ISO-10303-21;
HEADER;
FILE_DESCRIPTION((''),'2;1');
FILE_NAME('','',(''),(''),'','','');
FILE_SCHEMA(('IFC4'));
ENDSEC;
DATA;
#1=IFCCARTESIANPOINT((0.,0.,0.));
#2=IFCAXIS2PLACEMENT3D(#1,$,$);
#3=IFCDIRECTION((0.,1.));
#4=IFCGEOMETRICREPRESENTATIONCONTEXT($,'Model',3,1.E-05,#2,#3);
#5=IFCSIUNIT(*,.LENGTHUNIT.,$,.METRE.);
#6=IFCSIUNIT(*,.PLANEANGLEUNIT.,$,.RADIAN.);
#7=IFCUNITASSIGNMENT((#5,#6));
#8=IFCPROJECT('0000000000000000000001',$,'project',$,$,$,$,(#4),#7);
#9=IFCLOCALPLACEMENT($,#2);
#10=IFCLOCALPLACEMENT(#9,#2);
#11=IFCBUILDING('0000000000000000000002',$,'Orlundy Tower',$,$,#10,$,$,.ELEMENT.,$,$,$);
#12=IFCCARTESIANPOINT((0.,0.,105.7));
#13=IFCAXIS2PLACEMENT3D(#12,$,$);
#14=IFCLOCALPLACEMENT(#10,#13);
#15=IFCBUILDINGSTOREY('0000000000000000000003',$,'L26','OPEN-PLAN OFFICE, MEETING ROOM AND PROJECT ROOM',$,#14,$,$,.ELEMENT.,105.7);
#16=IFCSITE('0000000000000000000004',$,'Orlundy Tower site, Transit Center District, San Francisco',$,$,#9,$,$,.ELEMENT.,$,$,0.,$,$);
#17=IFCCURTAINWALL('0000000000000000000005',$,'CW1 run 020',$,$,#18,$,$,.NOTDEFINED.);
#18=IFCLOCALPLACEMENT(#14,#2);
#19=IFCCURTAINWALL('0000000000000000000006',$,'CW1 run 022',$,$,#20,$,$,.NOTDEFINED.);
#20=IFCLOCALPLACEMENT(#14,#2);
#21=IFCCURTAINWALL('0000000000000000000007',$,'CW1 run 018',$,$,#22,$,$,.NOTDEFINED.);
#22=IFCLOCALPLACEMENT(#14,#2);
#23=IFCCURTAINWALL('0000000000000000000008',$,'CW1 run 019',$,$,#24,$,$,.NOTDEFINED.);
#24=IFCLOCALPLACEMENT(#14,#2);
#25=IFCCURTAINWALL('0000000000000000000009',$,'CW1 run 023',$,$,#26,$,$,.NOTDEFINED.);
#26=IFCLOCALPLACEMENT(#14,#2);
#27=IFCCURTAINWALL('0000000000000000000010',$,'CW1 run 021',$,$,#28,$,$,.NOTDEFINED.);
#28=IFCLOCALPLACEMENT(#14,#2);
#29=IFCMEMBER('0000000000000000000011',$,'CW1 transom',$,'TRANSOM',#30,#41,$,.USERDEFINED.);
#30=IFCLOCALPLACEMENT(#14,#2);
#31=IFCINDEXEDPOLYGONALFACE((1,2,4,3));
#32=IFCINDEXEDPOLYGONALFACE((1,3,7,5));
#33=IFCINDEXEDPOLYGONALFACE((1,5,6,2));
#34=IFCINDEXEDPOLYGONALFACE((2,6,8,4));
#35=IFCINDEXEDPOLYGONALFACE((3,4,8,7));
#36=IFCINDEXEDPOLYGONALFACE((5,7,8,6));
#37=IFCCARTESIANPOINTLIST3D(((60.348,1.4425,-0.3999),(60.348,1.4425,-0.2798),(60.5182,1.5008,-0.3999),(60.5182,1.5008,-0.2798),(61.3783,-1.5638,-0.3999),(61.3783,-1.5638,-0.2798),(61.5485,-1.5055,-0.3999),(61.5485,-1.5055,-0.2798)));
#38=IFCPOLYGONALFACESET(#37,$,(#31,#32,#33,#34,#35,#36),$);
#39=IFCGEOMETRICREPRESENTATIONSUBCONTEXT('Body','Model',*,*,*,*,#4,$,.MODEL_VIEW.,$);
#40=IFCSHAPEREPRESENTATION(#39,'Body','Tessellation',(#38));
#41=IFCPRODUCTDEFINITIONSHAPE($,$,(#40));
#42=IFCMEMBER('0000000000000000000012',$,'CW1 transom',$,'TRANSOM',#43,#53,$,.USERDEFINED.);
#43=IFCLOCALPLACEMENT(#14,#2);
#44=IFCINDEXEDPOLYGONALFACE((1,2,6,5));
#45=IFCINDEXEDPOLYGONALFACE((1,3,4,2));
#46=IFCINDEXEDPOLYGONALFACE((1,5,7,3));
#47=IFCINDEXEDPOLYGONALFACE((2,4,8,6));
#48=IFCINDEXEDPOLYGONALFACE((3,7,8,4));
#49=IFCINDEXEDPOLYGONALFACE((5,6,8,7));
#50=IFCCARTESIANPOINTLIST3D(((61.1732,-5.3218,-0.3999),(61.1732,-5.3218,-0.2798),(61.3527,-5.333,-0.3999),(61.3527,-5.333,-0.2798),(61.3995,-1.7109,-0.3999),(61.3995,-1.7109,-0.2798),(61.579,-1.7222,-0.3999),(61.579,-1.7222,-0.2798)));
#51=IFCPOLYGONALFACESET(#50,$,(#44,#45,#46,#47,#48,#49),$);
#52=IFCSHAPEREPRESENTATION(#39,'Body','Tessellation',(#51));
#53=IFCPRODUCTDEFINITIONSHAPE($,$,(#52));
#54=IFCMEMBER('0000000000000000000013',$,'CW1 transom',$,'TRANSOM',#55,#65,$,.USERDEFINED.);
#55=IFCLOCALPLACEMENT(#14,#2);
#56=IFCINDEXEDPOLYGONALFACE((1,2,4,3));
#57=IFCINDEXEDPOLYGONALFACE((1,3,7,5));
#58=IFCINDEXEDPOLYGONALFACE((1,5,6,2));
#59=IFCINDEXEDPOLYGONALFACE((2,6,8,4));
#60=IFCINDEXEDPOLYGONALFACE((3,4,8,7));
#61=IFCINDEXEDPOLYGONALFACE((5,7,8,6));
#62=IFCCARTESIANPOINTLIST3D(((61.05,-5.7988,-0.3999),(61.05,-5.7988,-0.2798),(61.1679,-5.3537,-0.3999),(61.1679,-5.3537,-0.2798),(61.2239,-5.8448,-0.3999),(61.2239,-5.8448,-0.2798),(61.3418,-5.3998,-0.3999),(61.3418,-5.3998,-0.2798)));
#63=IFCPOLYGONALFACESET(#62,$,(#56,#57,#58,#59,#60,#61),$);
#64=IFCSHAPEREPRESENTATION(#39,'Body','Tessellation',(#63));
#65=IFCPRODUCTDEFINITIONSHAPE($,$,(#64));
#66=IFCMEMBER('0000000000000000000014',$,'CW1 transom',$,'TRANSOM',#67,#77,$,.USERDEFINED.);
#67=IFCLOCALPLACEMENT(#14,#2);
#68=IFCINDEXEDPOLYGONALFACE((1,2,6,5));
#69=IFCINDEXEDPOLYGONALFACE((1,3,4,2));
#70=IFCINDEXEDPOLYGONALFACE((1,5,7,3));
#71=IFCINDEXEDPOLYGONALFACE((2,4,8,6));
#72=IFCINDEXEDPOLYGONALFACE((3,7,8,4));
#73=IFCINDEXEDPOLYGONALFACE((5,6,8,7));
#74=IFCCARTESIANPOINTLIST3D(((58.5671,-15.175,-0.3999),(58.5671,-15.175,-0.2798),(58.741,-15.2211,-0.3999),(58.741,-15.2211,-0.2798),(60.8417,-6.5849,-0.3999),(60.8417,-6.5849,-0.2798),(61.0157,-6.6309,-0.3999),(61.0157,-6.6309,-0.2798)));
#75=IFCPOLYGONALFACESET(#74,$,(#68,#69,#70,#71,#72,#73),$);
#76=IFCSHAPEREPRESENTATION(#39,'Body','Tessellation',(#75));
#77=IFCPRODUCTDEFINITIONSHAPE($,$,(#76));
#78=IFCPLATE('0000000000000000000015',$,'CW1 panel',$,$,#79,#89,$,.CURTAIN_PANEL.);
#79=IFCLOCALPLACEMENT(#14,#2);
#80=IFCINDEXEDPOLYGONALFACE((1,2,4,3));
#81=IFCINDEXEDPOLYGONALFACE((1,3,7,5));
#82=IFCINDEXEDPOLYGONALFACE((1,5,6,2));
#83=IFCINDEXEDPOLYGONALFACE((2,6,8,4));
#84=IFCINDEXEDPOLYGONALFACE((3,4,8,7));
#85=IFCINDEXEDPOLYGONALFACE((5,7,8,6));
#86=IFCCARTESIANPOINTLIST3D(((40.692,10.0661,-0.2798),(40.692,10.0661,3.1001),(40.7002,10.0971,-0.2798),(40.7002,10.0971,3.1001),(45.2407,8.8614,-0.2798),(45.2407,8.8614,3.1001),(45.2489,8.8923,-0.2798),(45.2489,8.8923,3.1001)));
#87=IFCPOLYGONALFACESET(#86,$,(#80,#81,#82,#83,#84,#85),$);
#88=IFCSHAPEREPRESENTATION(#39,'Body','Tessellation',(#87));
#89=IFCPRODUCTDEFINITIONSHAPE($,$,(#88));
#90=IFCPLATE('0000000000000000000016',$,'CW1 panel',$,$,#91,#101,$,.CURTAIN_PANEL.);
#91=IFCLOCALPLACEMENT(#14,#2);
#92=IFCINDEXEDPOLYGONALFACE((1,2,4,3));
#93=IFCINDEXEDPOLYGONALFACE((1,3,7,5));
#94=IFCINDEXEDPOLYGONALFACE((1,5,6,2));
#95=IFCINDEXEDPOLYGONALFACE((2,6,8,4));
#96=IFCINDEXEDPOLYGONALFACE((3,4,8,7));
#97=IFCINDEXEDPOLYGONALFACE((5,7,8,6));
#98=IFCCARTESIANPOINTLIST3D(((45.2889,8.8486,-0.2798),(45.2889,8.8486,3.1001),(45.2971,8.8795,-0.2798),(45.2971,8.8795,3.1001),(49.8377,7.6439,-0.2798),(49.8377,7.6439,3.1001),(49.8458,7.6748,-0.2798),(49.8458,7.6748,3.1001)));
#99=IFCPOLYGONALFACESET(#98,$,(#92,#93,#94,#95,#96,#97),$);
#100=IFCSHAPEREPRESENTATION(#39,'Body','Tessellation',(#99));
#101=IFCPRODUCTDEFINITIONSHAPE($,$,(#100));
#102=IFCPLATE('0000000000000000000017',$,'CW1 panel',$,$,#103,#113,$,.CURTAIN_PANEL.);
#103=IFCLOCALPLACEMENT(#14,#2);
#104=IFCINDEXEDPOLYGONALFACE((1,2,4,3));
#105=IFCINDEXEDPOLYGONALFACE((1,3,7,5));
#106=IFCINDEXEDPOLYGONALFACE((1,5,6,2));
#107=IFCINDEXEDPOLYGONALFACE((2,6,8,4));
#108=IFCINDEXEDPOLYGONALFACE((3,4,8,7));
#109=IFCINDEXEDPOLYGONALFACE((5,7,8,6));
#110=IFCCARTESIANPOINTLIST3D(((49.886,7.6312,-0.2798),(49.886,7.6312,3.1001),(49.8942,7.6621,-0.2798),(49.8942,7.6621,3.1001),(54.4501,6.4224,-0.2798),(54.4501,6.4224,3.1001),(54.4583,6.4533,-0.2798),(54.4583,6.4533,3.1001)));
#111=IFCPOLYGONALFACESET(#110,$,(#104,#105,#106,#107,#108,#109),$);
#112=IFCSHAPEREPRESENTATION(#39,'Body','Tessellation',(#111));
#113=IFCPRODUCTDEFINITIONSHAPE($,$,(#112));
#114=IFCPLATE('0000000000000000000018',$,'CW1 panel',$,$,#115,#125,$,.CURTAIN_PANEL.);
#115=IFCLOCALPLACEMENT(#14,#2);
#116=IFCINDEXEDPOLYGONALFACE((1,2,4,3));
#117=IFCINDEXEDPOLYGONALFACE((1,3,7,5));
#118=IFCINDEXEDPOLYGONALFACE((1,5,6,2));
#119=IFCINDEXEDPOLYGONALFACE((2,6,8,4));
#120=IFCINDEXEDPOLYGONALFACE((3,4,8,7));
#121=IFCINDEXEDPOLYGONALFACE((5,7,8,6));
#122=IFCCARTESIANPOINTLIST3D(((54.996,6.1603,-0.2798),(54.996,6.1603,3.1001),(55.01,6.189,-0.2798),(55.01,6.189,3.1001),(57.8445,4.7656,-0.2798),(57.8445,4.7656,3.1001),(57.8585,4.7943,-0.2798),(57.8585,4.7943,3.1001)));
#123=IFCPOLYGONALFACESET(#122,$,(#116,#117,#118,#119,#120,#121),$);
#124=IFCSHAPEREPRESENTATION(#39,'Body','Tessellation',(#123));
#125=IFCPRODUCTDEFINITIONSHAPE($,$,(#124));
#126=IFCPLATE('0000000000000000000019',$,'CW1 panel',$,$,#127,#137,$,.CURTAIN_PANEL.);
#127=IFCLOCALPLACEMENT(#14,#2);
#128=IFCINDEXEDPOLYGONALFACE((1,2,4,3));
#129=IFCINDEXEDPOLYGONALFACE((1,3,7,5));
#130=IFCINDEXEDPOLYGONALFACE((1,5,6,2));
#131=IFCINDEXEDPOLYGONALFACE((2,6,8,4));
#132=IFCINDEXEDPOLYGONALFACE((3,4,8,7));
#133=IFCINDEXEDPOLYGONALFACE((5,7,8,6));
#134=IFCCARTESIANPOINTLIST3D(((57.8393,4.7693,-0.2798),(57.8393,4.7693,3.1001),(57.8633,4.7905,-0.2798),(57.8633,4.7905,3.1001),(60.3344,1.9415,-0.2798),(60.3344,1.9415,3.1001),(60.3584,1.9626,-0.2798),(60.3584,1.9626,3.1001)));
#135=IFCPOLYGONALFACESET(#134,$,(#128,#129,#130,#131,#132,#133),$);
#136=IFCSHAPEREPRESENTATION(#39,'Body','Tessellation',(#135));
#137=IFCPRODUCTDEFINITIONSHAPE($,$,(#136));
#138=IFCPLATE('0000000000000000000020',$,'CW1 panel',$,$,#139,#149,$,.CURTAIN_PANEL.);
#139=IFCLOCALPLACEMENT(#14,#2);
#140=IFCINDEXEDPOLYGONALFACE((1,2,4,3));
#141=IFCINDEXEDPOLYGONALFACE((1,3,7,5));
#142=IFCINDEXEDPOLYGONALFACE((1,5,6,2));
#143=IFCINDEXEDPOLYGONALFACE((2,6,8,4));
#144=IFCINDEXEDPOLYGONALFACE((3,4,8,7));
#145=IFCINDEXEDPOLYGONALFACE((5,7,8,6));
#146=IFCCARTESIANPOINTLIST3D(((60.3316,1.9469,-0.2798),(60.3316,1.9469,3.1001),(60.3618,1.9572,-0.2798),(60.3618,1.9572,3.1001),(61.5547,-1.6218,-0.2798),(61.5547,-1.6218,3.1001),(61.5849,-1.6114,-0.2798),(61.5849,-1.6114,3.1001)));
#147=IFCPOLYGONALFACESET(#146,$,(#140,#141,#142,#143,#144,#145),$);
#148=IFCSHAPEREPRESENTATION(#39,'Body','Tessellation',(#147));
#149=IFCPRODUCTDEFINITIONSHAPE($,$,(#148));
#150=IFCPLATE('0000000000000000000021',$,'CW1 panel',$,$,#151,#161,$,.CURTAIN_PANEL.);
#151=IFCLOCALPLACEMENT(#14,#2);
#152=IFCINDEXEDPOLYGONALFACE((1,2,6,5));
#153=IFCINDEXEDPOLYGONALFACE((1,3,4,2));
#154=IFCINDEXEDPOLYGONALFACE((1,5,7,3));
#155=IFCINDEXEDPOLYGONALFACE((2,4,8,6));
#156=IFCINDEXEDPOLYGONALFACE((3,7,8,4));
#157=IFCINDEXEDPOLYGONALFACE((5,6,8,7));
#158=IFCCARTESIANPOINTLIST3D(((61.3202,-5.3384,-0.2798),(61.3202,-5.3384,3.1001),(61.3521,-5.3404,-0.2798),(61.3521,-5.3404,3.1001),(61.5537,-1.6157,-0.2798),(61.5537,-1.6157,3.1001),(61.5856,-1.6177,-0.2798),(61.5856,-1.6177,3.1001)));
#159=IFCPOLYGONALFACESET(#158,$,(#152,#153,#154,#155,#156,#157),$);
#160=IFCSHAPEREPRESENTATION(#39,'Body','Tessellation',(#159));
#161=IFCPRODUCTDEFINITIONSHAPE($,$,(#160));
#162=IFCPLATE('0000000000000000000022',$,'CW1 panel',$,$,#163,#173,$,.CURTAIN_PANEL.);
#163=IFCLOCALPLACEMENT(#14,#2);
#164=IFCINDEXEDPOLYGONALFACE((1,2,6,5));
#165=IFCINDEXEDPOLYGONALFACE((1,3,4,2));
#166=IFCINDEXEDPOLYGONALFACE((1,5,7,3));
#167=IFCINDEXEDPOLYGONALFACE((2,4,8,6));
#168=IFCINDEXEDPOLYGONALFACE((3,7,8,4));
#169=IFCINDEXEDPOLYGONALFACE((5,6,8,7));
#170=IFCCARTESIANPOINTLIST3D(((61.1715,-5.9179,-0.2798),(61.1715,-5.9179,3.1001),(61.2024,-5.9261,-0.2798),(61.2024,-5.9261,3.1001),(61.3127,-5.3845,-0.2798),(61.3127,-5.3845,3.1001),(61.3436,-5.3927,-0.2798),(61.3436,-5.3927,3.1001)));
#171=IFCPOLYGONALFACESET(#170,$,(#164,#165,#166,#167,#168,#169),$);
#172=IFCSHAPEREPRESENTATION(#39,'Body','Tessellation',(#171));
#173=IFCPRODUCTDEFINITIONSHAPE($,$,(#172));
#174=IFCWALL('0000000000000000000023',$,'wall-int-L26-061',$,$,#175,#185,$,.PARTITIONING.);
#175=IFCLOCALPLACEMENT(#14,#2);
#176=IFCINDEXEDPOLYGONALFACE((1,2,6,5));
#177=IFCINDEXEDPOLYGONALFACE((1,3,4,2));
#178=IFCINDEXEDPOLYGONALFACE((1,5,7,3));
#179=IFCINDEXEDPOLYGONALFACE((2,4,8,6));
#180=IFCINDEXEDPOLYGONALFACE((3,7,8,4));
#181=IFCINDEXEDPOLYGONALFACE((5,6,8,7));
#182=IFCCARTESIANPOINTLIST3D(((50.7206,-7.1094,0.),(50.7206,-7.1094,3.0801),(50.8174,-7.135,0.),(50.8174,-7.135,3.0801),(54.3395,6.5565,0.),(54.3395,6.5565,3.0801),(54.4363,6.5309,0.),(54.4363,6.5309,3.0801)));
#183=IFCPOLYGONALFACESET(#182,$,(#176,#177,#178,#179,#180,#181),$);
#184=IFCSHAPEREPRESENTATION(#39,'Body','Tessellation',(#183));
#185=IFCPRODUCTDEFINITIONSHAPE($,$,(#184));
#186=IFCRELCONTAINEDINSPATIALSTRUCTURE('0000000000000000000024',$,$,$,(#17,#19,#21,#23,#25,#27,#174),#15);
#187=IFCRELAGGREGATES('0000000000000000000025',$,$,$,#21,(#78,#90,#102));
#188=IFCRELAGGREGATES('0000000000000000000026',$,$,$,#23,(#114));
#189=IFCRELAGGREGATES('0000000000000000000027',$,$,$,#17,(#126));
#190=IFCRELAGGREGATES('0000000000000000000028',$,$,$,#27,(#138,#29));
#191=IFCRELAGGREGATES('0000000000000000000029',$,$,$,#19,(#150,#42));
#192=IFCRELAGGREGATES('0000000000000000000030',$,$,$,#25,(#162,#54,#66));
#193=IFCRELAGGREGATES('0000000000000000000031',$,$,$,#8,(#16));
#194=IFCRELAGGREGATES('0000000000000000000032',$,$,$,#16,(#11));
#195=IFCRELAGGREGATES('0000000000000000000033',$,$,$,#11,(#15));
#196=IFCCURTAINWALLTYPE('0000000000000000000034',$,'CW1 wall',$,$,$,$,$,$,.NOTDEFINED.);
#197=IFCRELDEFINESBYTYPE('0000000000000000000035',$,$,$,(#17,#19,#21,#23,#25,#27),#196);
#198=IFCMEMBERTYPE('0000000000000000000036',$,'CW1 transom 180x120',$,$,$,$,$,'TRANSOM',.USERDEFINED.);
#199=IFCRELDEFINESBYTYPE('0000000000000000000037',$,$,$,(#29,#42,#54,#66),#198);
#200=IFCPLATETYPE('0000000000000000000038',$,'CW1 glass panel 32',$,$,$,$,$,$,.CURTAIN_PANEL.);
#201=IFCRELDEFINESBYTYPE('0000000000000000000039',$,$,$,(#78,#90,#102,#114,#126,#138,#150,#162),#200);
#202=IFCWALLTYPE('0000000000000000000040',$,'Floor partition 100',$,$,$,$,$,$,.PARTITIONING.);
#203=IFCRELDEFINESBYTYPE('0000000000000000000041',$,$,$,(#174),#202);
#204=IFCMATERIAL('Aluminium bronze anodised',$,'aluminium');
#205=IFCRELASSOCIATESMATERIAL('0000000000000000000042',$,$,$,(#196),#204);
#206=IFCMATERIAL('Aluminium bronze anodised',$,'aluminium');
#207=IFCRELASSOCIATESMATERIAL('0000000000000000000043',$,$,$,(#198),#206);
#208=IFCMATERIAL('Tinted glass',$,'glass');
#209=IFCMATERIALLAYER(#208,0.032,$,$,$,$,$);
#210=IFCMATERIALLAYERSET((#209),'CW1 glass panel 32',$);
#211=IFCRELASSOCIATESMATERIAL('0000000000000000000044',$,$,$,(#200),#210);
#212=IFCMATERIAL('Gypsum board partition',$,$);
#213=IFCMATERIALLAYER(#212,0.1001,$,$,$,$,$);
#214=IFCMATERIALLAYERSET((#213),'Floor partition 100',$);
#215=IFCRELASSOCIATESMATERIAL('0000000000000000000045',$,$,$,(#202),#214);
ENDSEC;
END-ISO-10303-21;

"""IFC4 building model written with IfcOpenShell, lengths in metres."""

from ifc_helpers import new_model, si_unit, direction, frame, frame_2d, origin, origin_2d, place, context, subcontext, project, spatial, rectangle, extrude, material, layer, layer_set, material_profile, profile_set, type_object, element, aggregate, save


model = new_model("IFC4")

# Units and contexts
model_context = context("Model", 3, precision=1e-05, world=origin(), true_north=direction((0.0, 1.0)))
body_context = subcontext(model_context, "Body", "Model", "MODEL_VIEW")
ifc_project = project(units=[si_unit("LENGTHUNIT", "METRE"), si_unit("PLANEANGLEUNIT", "RADIAN")], contexts=[model_context])

# Site, building, storey
site_placement = place(None, origin())
site = spatial("IfcSite", under=ifc_project, at=site_placement, Name="Orlundy Tower site, Transit Center District, San Francisco", CompositionType="ELEMENT", RefElevation=0.0)
building_placement = place(site_placement, origin())
building = spatial("IfcBuilding", under=site, at=building_placement, Name="Orlundy Tower", CompositionType="ELEMENT")
storey_placement = place(building_placement, frame((0.0, 0.0, 105.7)))
storey = spatial("IfcBuildingStorey", under=building, at=storey_placement, Name="L26", Description="OPEN-PLAN OFFICE, MEETING ROOM AND PROJECT ROOM", CompositionType="ELEMENT", Elevation=105.7)

# Curtain walls
ifc_material_1 = material(Name="Aluminium bronze anodised", Category="aluminium")
curtain_wall_type = type_object("IfcCurtainWallType", Name="CW1 wall", PredefinedType="NOTDEFINED", material=ifc_material_1)
curtain_wall_1_placement = place(storey_placement, origin())
curtain_wall_1 = element("IfcCurtainWall", 1, at=curtain_wall_1_placement, inside=storey, type_object=curtain_wall_type, Name="CW1 run 020", PredefinedType="NOTDEFINED")
curtain_wall_2_placement = place(storey_placement, origin())
curtain_wall_2 = element("IfcCurtainWall", 2, at=curtain_wall_2_placement, inside=storey, type_object=curtain_wall_type, Name="CW1 run 022", PredefinedType="NOTDEFINED")

# Curtain wall
curtain_wall_3_placement = place(storey_placement, origin())
curtain_wall_3 = element("IfcCurtainWall", 3, at=curtain_wall_3_placement, inside=storey, type_object=curtain_wall_type, Name="CW1 run 018", PredefinedType="NOTDEFINED")

# Curtain walls
curtain_wall_4_placement = place(storey_placement, origin())
curtain_wall_4 = element("IfcCurtainWall", 4, at=curtain_wall_4_placement, inside=storey, type_object=curtain_wall_type, Name="CW1 run 019", PredefinedType="NOTDEFINED")
curtain_wall_5_placement = place(storey_placement, origin())
curtain_wall_5 = element("IfcCurtainWall", 5, at=curtain_wall_5_placement, inside=storey, type_object=curtain_wall_type, Name="CW1 run 023", PredefinedType="NOTDEFINED")

# Shared definitions
ifc_material_2 = material(Name="Aluminium bronze anodised", Category="aluminium")
ifc_material_profile_1 = material_profile(ifc_material_2, rectangle(XDim=0.1799, YDim=0.1201, at=origin_2d()), Name="CW1 transom 180x120")
ifc_profile_set_1 = profile_set([ifc_material_profile_1], Name="Aluminium bronze anodised")
member_type_1 = type_object("IfcMemberType", Name="CW1 transom 180x120", ElementType="TRANSOM", PredefinedType="USERDEFINED", material=ifc_profile_set_1)

# Curtain wall, member
curtain_wall_6_placement = place(storey_placement, origin())
curtain_wall_6 = element("IfcCurtainWall", 6, at=curtain_wall_6_placement, inside=storey, type_object=curtain_wall_type, Name="CW1 run 021", PredefinedType="NOTDEFINED")
member_1_placement = place(storey_placement, frame((60.4331, 1.4717, -0.3398), z_axis=(0.324191, -0.945992, 0.0), x_axis=(0.945992, 0.324191, 0.0)))
member_1 = element("IfcMember", 7, at=member_1_placement, type_object=member_type_1, Name="CW1 transom", ObjectType="TRANSOM", PredefinedType="USERDEFINED", context=body_context, shape_type="SweptSolid", body=[
    extrude(rectangle(XDim=0.1799, YDim=0.1201, at=origin_2d()), origin(), (0.0, 0.0, 1.0), 3.178),
])

# Members
member_2_placement = place(storey_placement, frame((61.4893, -1.7166, -0.3398), z_axis=(-0.062555, -0.998042, 0.0), x_axis=(0.998042, -0.062555, 0.0)))
member_2 = element("IfcMember", 8, at=member_2_placement, type_object=member_type_1, Name="CW1 transom", ObjectType="TRANSOM", PredefinedType="USERDEFINED", context=body_context, shape_type="SweptSolid", body=[
    extrude(rectangle(XDim=0.1799, YDim=0.1201, at=origin_2d()), origin(), (0.0, 0.0, 1.0), 3.6179),
])
member_3_placement = place(storey_placement, frame((61.2549, -5.3767, -0.3398), z_axis=(-0.256111, -0.966647, 0.0), x_axis=(0.966647, -0.256111, 0.0)))
member_3 = element("IfcMember", 9, at=member_3_placement, type_object=member_type_1, Name="CW1 transom", ObjectType="TRANSOM", PredefinedType="USERDEFINED", context=body_context, shape_type="SweptSolid", body=[
    extrude(rectangle(XDim=0.1799, YDim=0.1201, at=origin_2d()), origin(), (0.0, 0.0, 1.0), 0.4604),
])
member_4_placement = place(storey_placement, frame((60.9287, -6.6079, -0.3398), z_axis=(-0.255978, -0.966683, 0.0), x_axis=(0.966683, -0.255978, 0.0)))
member_4 = element("IfcMember", 10, at=member_4_placement, type_object=member_type_1, Name="CW1 transom", ObjectType="TRANSOM", PredefinedType="USERDEFINED", context=body_context, shape_type="SweptSolid", body=[
    extrude(rectangle(XDim=0.1799, YDim=0.1201, at=origin_2d()), origin(), (0.0, 0.0, 1.0), 8.8862),
])

# Plates
ifc_material_3 = material(Name="Tinted glass", Category="glass")
ifc_layer_1 = layer(ifc_material_3, 0.032)
ifc_layer_set_1 = layer_set([ifc_layer_1], Name="CW1 glass panel 32")
plate_type = type_object("IfcPlateType", Name="CW1 glass panel 32", PredefinedType="CURTAIN_PANEL", material=ifc_layer_set_1)
plate_1_placement = place(storey_placement, frame((42.9705, 9.4792, -0.2798), z_axis=(0.0, 0.0, 1.0), x_axis=(0.966672, -0.25602, 0.0)))
plate_1 = element("IfcPlate", 11, at=plate_1_placement, type_object=plate_type, Name="CW1 panel", PredefinedType="CURTAIN_PANEL", context=body_context, shape_type="SweptSolid", body=[
    extrude(rectangle(XDim=4.7056, YDim=0.032, at=origin_2d()), origin(), (0.0, 0.0, 1.0), 3.3799),
])
plate_2_placement = place(storey_placement, frame((47.5674, 8.2617, -0.2798), z_axis=(0.0, 0.0, 1.0), x_axis=(0.966672, -0.25602, 0.0)))
plate_2 = element("IfcPlate", 12, at=plate_2_placement, type_object=plate_type, Name="CW1 panel", PredefinedType="CURTAIN_PANEL", context=body_context, shape_type="SweptSolid", body=[
    extrude(rectangle(XDim=4.7056, YDim=0.032, at=origin_2d()), origin(), (0.0, 0.0, 1.0), 3.3799),
])
plate_3_placement = place(storey_placement, frame((52.1721, 7.0422, -0.2798), z_axis=(0.0, 0.0, 1.0), x_axis=(0.966672, -0.25602, 0.0)))
plate_3 = element("IfcPlate", 13, at=plate_3_placement, type_object=plate_type, Name="CW1 panel", PredefinedType="CURTAIN_PANEL", context=body_context, shape_type="SweptSolid", body=[
    extrude(rectangle(XDim=4.7214, YDim=0.032, at=origin_2d()), origin(), (0.0, 0.0, 1.0), 3.3799),
])
aggregate(curtain_wall_3, [plate_1, plate_2, plate_3])
plate_4_placement = place(storey_placement, frame((56.4272, 5.4773, -0.2798), z_axis=(0.0, 0.0, 1.0), x_axis=(0.898119, -0.439752, 0.0)))
plate_4 = element("IfcPlate", 14, at=plate_4_placement, type_object=plate_type, Name="CW1 panel", PredefinedType="CURTAIN_PANEL", context=body_context, shape_type="SweptSolid", body=[
    extrude(rectangle(XDim=3.1716, YDim=0.032, at=origin_2d()), origin(), (0.0, 0.0, 1.0), 3.3799),
])
aggregate(curtain_wall_4, [plate_4])
plate_5_placement = place(storey_placement, frame((59.0989, 3.366, -0.2798), z_axis=(0.0, 0.0, 1.0), x_axis=(0.661613, -0.749846, 0.0)))
plate_5 = element("IfcPlate", 15, at=plate_5_placement, type_object=plate_type, Name="CW1 panel", PredefinedType="CURTAIN_PANEL", context=body_context, shape_type="SweptSolid", body=[
    extrude(rectangle(XDim=3.7712, YDim=0.032, at=origin_2d()), origin(), (0.0, 0.0, 1.0), 3.3799),
])
aggregate(curtain_wall_1, [plate_5])
plate_6_placement = place(storey_placement, frame((60.9583, 0.1677, -0.2798), z_axis=(0.0, 0.0, 1.0), x_axis=(0.324228, -0.945979, 0.0)))
plate_6 = element("IfcPlate", 16, at=plate_6_placement, type_object=plate_type, Name="CW1 panel", PredefinedType="CURTAIN_PANEL", context=body_context, shape_type="SweptSolid", body=[
    extrude(rectangle(XDim=3.7725, YDim=0.032, at=origin_2d()), origin(), (0.0, 0.0, 1.0), 3.3799),
])
aggregate(curtain_wall_6, [plate_6, member_1])
plate_7_placement = place(storey_placement, frame((61.4529, -3.478, -0.2798), z_axis=(0.0, 0.0, 1.0), x_axis=(-0.062597, -0.998039, 0.0)))
plate_7 = element("IfcPlate", 17, at=plate_7_placement, type_object=plate_type, Name="CW1 panel", PredefinedType="CURTAIN_PANEL", context=body_context, shape_type="SweptSolid", body=[
    extrude(rectangle(XDim=3.73, YDim=0.032, at=origin_2d()), origin(), (0.0, 0.0, 1.0), 3.3799),
])
aggregate(curtain_wall_2, [plate_7, member_2])
plate_8_placement = place(storey_placement, frame((61.2576, -5.6553, -0.2798), z_axis=(0.0, 0.0, 1.0), x_axis=(-0.255991, -0.966679, 0.0)))
plate_8 = element("IfcPlate", 18, at=plate_8_placement, type_object=plate_type, Name="CW1 panel", PredefinedType="CURTAIN_PANEL", context=body_context, shape_type="SweptSolid", body=[
    extrude(rectangle(XDim=0.5518, YDim=0.032, at=origin_2d()), origin(), (0.0, 0.0, 1.0), 3.3799),
])
aggregate(curtain_wall_5, [plate_8, member_3, member_4])

# Wall
ifc_material_4 = material(Name="Gypsum board partition")
ifc_layer_2 = layer(ifc_material_4, 0.1001)
ifc_layer_set_2 = layer_set([ifc_layer_2], Name="Floor partition 100")
wall_type = type_object("IfcWallType", Name="Floor partition 100", PredefinedType="PARTITIONING", material=ifc_layer_set_2)
wall_placement = place(storey_placement, frame((50.769, -7.1221, 0.0), z_axis=(0.0, 0.0, 1.0), x_axis=(0.255987, 0.96668, 0.0)))
element("IfcWall", 19, at=wall_placement, inside=storey, type_object=wall_type, Name="wall-int-L26-061", PredefinedType="PARTITIONING", context=body_context, shape_type="SweptSolid", body=[
    extrude(rectangle(XDim=14.137, YDim=0.1001, at=frame_2d((7.0684, 0.0))), origin(), (0.0, 0.0, 1.0), 3.0801),
])

save(model, "model.ifc")
